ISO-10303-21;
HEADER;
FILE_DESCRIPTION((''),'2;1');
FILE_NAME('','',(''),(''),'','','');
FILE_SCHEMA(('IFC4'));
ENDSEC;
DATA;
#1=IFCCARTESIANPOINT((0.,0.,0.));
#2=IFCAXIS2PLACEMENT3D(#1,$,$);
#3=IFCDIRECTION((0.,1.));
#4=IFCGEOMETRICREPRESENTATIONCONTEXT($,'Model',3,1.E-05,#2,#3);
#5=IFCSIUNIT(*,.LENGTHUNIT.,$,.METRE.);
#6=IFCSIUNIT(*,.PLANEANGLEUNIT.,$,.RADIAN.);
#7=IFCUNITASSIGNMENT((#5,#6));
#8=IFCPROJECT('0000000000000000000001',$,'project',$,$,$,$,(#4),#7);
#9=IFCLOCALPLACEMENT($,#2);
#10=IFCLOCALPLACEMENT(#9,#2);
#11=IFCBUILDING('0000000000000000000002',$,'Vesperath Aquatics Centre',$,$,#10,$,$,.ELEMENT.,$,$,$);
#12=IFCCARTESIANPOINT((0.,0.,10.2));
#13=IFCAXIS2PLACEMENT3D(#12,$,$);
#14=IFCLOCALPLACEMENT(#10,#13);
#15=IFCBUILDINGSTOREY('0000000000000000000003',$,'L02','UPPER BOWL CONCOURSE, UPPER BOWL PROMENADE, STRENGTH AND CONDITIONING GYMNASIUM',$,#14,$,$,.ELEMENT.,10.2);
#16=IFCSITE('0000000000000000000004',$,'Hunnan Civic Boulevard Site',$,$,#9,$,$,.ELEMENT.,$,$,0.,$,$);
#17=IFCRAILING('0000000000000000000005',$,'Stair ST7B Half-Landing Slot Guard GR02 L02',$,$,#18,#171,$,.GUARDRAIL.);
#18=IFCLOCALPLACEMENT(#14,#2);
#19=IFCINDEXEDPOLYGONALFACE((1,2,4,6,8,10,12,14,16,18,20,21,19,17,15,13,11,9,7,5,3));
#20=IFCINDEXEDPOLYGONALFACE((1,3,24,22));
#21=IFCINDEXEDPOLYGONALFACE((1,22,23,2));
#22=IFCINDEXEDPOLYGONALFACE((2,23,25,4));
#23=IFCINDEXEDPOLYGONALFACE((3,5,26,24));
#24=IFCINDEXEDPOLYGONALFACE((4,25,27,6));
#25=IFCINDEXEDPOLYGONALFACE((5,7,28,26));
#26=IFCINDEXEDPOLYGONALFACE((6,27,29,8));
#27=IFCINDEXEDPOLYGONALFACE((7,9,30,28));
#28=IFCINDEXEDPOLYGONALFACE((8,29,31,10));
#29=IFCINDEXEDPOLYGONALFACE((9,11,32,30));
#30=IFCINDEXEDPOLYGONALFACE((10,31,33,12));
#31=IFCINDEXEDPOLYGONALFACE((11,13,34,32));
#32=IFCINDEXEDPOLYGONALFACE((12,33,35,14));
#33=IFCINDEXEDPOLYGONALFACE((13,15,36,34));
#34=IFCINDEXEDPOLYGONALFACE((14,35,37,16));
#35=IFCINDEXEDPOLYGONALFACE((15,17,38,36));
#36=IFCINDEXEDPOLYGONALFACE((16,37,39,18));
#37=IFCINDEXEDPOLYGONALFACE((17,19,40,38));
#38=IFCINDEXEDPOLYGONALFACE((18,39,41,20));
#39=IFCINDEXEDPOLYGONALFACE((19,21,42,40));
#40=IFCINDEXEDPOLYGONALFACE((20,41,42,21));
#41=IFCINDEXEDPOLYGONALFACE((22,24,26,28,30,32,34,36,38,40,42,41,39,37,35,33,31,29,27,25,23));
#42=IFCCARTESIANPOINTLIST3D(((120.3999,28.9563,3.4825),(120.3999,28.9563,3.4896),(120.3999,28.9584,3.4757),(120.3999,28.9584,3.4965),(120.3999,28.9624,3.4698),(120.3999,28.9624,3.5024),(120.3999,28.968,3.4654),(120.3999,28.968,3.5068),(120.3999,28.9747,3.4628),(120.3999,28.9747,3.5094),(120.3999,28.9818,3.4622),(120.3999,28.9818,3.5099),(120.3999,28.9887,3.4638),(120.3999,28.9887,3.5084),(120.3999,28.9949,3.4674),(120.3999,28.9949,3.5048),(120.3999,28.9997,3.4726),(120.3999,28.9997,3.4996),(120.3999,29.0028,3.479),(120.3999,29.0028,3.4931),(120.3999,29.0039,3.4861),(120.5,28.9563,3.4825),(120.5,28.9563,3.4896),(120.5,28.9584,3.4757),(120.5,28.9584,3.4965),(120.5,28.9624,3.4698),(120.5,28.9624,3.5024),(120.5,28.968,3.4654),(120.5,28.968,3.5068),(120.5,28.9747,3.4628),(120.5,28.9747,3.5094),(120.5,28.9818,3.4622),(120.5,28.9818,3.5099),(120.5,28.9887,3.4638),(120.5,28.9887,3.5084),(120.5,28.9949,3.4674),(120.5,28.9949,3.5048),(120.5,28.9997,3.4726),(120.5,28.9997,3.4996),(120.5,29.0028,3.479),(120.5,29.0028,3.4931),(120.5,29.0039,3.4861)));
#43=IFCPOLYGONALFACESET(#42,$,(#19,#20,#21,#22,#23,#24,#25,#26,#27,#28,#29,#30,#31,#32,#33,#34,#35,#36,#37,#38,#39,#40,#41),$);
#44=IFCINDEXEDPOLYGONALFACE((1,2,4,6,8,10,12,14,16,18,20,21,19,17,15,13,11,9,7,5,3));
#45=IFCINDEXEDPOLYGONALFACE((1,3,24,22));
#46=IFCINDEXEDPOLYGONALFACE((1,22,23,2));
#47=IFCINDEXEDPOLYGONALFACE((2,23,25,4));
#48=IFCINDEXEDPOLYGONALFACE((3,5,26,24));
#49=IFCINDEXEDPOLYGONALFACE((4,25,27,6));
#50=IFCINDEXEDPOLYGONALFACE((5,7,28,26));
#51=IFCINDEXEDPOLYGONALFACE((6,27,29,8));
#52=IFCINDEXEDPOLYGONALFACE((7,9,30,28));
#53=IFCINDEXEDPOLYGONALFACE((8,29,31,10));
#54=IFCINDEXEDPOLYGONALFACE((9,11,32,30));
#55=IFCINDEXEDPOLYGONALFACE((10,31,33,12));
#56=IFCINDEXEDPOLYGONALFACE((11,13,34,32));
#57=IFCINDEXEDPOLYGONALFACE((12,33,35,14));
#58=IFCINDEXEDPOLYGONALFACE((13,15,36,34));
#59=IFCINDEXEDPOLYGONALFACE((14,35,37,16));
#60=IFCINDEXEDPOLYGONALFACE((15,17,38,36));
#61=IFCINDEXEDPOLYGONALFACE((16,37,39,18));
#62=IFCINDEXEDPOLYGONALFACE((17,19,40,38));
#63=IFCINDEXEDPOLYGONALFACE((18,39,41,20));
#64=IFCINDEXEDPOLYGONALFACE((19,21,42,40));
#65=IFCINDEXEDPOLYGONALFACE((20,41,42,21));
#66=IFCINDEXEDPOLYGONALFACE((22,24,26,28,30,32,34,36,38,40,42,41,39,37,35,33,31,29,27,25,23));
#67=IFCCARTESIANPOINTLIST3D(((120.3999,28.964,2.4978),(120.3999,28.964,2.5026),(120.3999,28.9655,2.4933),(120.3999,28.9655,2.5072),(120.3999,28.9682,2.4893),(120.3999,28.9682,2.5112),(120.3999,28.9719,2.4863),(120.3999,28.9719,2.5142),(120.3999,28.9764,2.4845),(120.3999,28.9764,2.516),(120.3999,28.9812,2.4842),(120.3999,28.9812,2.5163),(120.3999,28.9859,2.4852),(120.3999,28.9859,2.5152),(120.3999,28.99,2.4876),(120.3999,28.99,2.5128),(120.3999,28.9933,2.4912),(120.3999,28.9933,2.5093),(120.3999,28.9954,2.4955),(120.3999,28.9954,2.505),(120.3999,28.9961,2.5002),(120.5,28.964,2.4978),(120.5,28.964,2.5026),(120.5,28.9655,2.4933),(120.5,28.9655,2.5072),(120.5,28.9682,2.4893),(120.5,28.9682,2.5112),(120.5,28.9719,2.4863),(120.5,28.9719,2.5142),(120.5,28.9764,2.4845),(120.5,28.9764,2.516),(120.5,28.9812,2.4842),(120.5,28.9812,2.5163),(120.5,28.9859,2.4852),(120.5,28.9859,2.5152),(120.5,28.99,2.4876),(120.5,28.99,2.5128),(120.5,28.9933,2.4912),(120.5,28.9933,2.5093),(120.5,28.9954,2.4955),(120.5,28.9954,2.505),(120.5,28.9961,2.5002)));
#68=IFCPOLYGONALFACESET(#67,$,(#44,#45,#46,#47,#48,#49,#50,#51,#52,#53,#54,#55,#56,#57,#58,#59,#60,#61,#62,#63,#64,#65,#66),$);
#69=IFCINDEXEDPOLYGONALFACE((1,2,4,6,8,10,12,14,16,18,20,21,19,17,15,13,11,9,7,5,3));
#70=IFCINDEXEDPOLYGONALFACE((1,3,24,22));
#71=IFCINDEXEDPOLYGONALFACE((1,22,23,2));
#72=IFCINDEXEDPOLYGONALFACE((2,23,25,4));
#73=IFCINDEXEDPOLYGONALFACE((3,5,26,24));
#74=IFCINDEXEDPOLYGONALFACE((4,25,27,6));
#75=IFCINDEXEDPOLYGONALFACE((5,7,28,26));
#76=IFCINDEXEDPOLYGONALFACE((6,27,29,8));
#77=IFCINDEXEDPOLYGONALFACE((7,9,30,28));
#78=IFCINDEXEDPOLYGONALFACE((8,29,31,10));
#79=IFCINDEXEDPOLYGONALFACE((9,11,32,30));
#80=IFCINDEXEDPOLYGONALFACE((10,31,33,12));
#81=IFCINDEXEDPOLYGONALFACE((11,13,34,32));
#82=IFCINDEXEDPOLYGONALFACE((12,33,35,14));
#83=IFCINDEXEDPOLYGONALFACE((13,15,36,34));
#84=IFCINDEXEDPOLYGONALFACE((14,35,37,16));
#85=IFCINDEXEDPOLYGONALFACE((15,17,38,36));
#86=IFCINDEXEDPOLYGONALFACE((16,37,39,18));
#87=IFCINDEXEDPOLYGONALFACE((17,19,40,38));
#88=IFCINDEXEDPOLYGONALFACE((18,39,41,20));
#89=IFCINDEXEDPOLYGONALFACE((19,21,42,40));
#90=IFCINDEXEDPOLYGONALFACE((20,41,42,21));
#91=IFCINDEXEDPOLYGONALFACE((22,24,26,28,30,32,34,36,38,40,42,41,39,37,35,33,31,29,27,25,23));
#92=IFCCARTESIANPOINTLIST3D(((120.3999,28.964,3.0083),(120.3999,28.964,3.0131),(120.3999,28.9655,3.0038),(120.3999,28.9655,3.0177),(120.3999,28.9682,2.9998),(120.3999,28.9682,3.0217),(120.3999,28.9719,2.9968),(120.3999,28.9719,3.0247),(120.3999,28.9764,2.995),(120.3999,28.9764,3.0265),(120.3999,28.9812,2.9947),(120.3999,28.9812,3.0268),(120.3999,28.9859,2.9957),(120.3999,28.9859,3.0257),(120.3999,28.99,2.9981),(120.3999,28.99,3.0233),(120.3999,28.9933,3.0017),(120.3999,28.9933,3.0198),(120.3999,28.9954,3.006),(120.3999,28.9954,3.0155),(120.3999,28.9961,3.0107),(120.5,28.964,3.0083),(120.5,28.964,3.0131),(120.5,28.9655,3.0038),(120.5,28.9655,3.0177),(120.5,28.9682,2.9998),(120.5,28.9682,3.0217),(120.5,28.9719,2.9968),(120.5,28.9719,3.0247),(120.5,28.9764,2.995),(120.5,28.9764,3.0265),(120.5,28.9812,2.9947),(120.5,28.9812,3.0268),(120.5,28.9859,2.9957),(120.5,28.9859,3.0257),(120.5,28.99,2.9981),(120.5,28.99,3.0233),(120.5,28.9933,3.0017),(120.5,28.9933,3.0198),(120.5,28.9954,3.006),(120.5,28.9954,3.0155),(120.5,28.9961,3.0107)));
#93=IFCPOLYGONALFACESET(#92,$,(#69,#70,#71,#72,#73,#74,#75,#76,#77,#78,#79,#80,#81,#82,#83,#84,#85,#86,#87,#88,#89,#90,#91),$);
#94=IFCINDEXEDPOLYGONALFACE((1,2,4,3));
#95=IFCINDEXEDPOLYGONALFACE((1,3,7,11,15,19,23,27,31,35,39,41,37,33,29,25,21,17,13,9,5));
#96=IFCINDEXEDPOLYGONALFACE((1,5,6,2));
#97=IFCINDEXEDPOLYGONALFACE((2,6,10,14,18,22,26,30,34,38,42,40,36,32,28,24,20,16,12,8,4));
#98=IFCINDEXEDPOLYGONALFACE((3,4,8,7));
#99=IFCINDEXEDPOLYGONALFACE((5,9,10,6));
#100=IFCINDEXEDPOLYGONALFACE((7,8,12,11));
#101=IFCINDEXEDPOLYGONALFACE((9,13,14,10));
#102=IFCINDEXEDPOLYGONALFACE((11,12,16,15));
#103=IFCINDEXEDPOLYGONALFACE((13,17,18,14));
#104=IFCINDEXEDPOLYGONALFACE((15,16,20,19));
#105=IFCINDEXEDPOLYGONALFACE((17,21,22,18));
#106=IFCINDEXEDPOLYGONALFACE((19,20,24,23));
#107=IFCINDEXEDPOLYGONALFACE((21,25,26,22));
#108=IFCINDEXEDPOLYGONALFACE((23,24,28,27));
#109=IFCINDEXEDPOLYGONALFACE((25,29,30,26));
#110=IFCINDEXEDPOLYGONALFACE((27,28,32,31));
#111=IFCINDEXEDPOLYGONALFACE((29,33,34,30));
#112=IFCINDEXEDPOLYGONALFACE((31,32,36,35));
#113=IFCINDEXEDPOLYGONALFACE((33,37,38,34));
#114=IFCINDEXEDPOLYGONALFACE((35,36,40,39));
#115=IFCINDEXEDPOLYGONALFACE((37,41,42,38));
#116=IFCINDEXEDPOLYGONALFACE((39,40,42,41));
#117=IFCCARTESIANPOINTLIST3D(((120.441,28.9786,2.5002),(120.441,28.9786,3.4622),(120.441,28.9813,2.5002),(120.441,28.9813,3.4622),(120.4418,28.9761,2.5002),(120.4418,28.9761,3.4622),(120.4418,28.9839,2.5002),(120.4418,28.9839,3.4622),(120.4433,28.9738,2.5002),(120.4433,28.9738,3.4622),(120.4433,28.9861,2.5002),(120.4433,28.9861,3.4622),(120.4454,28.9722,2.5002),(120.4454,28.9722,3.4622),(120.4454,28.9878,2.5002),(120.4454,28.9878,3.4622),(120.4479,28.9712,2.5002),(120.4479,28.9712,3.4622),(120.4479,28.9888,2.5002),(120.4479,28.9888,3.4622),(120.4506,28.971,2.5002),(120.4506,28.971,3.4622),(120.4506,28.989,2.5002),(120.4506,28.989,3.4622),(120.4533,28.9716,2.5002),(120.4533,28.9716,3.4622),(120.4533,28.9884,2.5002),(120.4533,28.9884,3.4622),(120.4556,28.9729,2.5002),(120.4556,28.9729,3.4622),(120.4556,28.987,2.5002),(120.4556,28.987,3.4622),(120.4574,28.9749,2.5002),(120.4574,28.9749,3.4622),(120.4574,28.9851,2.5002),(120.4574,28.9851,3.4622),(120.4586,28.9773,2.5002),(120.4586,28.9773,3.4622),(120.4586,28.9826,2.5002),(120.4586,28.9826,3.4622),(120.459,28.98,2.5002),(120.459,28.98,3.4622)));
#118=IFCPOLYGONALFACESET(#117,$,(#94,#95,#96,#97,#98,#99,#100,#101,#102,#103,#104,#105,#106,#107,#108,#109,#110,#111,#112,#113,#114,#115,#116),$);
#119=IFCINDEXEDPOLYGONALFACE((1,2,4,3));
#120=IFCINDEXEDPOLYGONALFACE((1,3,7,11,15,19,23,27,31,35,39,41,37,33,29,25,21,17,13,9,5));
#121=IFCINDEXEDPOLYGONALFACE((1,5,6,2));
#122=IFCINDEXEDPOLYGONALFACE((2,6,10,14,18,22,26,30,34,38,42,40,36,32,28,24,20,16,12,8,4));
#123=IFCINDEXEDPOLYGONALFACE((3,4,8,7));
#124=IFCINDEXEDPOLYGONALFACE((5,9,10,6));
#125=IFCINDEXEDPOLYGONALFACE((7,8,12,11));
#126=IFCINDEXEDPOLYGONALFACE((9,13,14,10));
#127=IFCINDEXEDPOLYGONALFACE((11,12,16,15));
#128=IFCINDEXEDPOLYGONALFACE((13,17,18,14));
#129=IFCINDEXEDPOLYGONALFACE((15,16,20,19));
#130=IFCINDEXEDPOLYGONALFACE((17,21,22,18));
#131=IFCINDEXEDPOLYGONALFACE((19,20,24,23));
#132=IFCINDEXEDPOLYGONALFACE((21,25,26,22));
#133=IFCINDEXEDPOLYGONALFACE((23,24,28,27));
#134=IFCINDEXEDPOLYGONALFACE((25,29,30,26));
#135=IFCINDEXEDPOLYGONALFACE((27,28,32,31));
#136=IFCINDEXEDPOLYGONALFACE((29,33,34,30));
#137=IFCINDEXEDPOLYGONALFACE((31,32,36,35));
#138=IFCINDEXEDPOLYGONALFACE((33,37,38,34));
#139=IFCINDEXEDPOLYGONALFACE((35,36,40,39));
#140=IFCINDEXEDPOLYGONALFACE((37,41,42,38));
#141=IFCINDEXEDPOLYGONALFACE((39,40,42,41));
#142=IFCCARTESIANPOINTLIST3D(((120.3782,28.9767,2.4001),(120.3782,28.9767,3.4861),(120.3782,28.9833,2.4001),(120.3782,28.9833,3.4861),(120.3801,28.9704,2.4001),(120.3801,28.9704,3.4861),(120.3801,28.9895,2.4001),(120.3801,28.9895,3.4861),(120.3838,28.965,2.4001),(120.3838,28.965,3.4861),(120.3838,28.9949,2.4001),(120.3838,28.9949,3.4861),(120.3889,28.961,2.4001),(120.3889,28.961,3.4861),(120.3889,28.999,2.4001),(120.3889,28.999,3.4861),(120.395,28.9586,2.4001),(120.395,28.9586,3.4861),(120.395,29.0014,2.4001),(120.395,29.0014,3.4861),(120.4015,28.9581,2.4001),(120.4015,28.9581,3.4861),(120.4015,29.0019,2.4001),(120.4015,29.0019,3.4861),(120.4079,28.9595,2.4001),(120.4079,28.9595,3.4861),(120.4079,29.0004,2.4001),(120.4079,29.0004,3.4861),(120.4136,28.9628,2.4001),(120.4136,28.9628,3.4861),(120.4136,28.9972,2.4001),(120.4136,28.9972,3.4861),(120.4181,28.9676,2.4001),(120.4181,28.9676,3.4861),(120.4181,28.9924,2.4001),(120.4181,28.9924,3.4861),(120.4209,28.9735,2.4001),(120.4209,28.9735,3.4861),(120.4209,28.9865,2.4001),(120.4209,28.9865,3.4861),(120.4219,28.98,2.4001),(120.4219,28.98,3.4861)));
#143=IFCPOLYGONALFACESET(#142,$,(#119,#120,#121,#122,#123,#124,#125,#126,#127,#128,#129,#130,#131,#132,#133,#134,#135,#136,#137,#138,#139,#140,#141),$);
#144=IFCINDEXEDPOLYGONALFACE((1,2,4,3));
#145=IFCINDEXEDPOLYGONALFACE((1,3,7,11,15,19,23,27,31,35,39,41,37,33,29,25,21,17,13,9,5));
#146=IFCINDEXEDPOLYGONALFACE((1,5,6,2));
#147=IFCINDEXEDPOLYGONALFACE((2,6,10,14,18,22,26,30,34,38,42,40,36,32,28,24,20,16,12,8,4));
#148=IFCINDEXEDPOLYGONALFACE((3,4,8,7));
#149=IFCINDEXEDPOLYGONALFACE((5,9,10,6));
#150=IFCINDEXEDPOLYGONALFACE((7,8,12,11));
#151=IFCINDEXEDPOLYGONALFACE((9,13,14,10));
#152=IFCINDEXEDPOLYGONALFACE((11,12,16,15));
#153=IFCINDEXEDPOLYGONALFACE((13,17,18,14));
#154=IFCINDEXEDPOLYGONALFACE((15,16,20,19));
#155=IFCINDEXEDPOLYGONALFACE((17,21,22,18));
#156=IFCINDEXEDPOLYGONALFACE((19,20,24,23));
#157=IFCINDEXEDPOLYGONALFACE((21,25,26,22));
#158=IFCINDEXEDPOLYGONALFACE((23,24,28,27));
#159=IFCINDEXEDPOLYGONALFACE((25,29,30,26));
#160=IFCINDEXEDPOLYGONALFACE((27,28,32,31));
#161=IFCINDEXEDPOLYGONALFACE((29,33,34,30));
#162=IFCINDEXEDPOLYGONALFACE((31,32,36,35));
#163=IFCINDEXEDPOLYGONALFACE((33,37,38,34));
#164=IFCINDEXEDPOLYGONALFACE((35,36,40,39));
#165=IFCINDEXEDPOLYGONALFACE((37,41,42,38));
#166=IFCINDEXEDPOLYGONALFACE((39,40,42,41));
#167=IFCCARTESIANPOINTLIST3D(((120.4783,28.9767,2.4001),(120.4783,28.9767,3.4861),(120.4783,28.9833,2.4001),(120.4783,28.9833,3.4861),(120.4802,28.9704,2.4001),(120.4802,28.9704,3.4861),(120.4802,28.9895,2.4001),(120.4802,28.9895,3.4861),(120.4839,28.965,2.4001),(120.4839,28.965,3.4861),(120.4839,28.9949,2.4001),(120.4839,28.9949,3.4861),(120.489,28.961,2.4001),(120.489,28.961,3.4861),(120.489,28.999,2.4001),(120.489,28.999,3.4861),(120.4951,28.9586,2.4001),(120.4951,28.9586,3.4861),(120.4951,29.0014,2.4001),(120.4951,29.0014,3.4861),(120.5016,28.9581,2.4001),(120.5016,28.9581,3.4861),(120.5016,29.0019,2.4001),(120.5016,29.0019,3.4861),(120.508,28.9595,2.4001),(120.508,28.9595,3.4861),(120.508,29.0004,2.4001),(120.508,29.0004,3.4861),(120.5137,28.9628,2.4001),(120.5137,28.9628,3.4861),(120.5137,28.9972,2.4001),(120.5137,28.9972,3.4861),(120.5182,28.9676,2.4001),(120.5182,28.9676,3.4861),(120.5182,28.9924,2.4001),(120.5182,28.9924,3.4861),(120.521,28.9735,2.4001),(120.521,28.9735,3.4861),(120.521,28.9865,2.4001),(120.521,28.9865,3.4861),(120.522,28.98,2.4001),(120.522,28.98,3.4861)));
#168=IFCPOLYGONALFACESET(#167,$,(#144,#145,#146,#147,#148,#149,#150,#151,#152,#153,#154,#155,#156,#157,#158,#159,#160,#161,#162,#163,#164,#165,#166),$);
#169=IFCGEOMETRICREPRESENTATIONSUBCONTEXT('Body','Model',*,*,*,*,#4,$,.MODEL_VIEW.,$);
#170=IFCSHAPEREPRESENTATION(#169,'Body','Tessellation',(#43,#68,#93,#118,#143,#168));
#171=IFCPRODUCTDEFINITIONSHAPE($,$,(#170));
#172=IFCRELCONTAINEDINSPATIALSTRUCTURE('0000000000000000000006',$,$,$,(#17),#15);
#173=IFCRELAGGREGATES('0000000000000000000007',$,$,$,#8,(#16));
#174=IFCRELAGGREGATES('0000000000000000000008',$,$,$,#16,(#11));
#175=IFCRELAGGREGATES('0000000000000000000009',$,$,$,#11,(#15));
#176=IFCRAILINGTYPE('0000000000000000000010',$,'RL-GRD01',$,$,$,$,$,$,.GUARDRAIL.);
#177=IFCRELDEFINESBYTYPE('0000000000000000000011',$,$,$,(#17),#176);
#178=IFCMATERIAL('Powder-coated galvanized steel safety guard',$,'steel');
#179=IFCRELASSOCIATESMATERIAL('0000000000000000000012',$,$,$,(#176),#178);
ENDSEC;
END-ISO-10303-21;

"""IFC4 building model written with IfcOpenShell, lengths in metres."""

from ifc_helpers import new_model, si_unit, direction, frame, origin, origin_2d, place, context, subcontext, project, spatial, circle, extrude, material, type_object, element, save


model = new_model("IFC4")

# Units and contexts
model_context = context("Model", 3, precision=1e-05, world=origin(), true_north=direction((0.0, 1.0)))
body_context = subcontext(model_context, "Body", "Model", "MODEL_VIEW")
ifc_project = project(units=[si_unit("LENGTHUNIT", "METRE"), si_unit("PLANEANGLEUNIT", "RADIAN")], contexts=[model_context])

# Site, building, storey
site_placement = place(None, origin())
site = spatial("IfcSite", under=ifc_project, at=site_placement, Name="Hunnan Civic Boulevard Site", CompositionType="ELEMENT", RefElevation=0.0)
building_placement = place(site_placement, origin())
building = spatial("IfcBuilding", under=site, at=building_placement, Name="Vesperath Aquatics Centre", CompositionType="ELEMENT")
storey_placement = place(building_placement, frame((0.0, 0.0, 10.2)))
storey = spatial("IfcBuildingStorey", under=building, at=storey_placement, Name="L02", Description="UPPER BOWL CONCOURSE, UPPER BOWL PROMENADE, STRENGTH AND CONDITIONING GYMNASIUM", CompositionType="ELEMENT", Elevation=10.2)

# Railing
ifc_material_1 = material(Name="Powder-coated galvanized steel safety guard", Category="steel")
railing_type_1 = type_object("IfcRailingType", Name="RL-GRD01", PredefinedType="GUARDRAIL", material=ifc_material_1)
railing_1_placement = place(storey_placement, frame((120.3999, 28.98, 2.4001)))
element("IfcRailing", 1, at=railing_1_placement, inside=storey, type_object=railing_type_1, Name="Stair ST7B Half-Landing Slot Guard GR02 L02", PredefinedType="GUARDRAIL", context=body_context, shape_type="SweptSolid", body=[
    extrude(circle(Radius=0.0239, at=origin_2d()), frame((0.0, 0.0, 1.0859), z_axis=(1.0, 0.0, 0.0), x_axis=(0.0, 1.0, 0.0)), (0.0, 0.0, 1.0), 0.1001),
    extrude(circle(Radius=0.0161, at=origin_2d()), frame((0.0, 0.0, 0.1001), z_axis=(1.0, 0.0, 0.0), x_axis=(0.0, 1.0, 0.0)), (0.0, 0.0, 1.0), 0.1001),
    extrude(circle(Radius=0.0161, at=origin_2d()), frame((0.0, 0.0, 0.6106), z_axis=(1.0, 0.0, 0.0), x_axis=(0.0, 1.0, 0.0)), (0.0, 0.0, 1.0), 0.1001),
    extrude(circle(Radius=0.009, at=origin_2d()), frame((0.05, 0.0, 0.1001)), (0.0, 0.0, 1.0), 0.9619),
    extrude(circle(Radius=0.022, at=origin_2d()), origin(), (0.0, 0.0, 1.0), 1.0859),
    extrude(circle(Radius=0.022, at=origin_2d()), frame((0.1001, 0.0, 0.0)), (0.0, 0.0, 1.0), 1.0859),
])

save(model, "model.ifc")
